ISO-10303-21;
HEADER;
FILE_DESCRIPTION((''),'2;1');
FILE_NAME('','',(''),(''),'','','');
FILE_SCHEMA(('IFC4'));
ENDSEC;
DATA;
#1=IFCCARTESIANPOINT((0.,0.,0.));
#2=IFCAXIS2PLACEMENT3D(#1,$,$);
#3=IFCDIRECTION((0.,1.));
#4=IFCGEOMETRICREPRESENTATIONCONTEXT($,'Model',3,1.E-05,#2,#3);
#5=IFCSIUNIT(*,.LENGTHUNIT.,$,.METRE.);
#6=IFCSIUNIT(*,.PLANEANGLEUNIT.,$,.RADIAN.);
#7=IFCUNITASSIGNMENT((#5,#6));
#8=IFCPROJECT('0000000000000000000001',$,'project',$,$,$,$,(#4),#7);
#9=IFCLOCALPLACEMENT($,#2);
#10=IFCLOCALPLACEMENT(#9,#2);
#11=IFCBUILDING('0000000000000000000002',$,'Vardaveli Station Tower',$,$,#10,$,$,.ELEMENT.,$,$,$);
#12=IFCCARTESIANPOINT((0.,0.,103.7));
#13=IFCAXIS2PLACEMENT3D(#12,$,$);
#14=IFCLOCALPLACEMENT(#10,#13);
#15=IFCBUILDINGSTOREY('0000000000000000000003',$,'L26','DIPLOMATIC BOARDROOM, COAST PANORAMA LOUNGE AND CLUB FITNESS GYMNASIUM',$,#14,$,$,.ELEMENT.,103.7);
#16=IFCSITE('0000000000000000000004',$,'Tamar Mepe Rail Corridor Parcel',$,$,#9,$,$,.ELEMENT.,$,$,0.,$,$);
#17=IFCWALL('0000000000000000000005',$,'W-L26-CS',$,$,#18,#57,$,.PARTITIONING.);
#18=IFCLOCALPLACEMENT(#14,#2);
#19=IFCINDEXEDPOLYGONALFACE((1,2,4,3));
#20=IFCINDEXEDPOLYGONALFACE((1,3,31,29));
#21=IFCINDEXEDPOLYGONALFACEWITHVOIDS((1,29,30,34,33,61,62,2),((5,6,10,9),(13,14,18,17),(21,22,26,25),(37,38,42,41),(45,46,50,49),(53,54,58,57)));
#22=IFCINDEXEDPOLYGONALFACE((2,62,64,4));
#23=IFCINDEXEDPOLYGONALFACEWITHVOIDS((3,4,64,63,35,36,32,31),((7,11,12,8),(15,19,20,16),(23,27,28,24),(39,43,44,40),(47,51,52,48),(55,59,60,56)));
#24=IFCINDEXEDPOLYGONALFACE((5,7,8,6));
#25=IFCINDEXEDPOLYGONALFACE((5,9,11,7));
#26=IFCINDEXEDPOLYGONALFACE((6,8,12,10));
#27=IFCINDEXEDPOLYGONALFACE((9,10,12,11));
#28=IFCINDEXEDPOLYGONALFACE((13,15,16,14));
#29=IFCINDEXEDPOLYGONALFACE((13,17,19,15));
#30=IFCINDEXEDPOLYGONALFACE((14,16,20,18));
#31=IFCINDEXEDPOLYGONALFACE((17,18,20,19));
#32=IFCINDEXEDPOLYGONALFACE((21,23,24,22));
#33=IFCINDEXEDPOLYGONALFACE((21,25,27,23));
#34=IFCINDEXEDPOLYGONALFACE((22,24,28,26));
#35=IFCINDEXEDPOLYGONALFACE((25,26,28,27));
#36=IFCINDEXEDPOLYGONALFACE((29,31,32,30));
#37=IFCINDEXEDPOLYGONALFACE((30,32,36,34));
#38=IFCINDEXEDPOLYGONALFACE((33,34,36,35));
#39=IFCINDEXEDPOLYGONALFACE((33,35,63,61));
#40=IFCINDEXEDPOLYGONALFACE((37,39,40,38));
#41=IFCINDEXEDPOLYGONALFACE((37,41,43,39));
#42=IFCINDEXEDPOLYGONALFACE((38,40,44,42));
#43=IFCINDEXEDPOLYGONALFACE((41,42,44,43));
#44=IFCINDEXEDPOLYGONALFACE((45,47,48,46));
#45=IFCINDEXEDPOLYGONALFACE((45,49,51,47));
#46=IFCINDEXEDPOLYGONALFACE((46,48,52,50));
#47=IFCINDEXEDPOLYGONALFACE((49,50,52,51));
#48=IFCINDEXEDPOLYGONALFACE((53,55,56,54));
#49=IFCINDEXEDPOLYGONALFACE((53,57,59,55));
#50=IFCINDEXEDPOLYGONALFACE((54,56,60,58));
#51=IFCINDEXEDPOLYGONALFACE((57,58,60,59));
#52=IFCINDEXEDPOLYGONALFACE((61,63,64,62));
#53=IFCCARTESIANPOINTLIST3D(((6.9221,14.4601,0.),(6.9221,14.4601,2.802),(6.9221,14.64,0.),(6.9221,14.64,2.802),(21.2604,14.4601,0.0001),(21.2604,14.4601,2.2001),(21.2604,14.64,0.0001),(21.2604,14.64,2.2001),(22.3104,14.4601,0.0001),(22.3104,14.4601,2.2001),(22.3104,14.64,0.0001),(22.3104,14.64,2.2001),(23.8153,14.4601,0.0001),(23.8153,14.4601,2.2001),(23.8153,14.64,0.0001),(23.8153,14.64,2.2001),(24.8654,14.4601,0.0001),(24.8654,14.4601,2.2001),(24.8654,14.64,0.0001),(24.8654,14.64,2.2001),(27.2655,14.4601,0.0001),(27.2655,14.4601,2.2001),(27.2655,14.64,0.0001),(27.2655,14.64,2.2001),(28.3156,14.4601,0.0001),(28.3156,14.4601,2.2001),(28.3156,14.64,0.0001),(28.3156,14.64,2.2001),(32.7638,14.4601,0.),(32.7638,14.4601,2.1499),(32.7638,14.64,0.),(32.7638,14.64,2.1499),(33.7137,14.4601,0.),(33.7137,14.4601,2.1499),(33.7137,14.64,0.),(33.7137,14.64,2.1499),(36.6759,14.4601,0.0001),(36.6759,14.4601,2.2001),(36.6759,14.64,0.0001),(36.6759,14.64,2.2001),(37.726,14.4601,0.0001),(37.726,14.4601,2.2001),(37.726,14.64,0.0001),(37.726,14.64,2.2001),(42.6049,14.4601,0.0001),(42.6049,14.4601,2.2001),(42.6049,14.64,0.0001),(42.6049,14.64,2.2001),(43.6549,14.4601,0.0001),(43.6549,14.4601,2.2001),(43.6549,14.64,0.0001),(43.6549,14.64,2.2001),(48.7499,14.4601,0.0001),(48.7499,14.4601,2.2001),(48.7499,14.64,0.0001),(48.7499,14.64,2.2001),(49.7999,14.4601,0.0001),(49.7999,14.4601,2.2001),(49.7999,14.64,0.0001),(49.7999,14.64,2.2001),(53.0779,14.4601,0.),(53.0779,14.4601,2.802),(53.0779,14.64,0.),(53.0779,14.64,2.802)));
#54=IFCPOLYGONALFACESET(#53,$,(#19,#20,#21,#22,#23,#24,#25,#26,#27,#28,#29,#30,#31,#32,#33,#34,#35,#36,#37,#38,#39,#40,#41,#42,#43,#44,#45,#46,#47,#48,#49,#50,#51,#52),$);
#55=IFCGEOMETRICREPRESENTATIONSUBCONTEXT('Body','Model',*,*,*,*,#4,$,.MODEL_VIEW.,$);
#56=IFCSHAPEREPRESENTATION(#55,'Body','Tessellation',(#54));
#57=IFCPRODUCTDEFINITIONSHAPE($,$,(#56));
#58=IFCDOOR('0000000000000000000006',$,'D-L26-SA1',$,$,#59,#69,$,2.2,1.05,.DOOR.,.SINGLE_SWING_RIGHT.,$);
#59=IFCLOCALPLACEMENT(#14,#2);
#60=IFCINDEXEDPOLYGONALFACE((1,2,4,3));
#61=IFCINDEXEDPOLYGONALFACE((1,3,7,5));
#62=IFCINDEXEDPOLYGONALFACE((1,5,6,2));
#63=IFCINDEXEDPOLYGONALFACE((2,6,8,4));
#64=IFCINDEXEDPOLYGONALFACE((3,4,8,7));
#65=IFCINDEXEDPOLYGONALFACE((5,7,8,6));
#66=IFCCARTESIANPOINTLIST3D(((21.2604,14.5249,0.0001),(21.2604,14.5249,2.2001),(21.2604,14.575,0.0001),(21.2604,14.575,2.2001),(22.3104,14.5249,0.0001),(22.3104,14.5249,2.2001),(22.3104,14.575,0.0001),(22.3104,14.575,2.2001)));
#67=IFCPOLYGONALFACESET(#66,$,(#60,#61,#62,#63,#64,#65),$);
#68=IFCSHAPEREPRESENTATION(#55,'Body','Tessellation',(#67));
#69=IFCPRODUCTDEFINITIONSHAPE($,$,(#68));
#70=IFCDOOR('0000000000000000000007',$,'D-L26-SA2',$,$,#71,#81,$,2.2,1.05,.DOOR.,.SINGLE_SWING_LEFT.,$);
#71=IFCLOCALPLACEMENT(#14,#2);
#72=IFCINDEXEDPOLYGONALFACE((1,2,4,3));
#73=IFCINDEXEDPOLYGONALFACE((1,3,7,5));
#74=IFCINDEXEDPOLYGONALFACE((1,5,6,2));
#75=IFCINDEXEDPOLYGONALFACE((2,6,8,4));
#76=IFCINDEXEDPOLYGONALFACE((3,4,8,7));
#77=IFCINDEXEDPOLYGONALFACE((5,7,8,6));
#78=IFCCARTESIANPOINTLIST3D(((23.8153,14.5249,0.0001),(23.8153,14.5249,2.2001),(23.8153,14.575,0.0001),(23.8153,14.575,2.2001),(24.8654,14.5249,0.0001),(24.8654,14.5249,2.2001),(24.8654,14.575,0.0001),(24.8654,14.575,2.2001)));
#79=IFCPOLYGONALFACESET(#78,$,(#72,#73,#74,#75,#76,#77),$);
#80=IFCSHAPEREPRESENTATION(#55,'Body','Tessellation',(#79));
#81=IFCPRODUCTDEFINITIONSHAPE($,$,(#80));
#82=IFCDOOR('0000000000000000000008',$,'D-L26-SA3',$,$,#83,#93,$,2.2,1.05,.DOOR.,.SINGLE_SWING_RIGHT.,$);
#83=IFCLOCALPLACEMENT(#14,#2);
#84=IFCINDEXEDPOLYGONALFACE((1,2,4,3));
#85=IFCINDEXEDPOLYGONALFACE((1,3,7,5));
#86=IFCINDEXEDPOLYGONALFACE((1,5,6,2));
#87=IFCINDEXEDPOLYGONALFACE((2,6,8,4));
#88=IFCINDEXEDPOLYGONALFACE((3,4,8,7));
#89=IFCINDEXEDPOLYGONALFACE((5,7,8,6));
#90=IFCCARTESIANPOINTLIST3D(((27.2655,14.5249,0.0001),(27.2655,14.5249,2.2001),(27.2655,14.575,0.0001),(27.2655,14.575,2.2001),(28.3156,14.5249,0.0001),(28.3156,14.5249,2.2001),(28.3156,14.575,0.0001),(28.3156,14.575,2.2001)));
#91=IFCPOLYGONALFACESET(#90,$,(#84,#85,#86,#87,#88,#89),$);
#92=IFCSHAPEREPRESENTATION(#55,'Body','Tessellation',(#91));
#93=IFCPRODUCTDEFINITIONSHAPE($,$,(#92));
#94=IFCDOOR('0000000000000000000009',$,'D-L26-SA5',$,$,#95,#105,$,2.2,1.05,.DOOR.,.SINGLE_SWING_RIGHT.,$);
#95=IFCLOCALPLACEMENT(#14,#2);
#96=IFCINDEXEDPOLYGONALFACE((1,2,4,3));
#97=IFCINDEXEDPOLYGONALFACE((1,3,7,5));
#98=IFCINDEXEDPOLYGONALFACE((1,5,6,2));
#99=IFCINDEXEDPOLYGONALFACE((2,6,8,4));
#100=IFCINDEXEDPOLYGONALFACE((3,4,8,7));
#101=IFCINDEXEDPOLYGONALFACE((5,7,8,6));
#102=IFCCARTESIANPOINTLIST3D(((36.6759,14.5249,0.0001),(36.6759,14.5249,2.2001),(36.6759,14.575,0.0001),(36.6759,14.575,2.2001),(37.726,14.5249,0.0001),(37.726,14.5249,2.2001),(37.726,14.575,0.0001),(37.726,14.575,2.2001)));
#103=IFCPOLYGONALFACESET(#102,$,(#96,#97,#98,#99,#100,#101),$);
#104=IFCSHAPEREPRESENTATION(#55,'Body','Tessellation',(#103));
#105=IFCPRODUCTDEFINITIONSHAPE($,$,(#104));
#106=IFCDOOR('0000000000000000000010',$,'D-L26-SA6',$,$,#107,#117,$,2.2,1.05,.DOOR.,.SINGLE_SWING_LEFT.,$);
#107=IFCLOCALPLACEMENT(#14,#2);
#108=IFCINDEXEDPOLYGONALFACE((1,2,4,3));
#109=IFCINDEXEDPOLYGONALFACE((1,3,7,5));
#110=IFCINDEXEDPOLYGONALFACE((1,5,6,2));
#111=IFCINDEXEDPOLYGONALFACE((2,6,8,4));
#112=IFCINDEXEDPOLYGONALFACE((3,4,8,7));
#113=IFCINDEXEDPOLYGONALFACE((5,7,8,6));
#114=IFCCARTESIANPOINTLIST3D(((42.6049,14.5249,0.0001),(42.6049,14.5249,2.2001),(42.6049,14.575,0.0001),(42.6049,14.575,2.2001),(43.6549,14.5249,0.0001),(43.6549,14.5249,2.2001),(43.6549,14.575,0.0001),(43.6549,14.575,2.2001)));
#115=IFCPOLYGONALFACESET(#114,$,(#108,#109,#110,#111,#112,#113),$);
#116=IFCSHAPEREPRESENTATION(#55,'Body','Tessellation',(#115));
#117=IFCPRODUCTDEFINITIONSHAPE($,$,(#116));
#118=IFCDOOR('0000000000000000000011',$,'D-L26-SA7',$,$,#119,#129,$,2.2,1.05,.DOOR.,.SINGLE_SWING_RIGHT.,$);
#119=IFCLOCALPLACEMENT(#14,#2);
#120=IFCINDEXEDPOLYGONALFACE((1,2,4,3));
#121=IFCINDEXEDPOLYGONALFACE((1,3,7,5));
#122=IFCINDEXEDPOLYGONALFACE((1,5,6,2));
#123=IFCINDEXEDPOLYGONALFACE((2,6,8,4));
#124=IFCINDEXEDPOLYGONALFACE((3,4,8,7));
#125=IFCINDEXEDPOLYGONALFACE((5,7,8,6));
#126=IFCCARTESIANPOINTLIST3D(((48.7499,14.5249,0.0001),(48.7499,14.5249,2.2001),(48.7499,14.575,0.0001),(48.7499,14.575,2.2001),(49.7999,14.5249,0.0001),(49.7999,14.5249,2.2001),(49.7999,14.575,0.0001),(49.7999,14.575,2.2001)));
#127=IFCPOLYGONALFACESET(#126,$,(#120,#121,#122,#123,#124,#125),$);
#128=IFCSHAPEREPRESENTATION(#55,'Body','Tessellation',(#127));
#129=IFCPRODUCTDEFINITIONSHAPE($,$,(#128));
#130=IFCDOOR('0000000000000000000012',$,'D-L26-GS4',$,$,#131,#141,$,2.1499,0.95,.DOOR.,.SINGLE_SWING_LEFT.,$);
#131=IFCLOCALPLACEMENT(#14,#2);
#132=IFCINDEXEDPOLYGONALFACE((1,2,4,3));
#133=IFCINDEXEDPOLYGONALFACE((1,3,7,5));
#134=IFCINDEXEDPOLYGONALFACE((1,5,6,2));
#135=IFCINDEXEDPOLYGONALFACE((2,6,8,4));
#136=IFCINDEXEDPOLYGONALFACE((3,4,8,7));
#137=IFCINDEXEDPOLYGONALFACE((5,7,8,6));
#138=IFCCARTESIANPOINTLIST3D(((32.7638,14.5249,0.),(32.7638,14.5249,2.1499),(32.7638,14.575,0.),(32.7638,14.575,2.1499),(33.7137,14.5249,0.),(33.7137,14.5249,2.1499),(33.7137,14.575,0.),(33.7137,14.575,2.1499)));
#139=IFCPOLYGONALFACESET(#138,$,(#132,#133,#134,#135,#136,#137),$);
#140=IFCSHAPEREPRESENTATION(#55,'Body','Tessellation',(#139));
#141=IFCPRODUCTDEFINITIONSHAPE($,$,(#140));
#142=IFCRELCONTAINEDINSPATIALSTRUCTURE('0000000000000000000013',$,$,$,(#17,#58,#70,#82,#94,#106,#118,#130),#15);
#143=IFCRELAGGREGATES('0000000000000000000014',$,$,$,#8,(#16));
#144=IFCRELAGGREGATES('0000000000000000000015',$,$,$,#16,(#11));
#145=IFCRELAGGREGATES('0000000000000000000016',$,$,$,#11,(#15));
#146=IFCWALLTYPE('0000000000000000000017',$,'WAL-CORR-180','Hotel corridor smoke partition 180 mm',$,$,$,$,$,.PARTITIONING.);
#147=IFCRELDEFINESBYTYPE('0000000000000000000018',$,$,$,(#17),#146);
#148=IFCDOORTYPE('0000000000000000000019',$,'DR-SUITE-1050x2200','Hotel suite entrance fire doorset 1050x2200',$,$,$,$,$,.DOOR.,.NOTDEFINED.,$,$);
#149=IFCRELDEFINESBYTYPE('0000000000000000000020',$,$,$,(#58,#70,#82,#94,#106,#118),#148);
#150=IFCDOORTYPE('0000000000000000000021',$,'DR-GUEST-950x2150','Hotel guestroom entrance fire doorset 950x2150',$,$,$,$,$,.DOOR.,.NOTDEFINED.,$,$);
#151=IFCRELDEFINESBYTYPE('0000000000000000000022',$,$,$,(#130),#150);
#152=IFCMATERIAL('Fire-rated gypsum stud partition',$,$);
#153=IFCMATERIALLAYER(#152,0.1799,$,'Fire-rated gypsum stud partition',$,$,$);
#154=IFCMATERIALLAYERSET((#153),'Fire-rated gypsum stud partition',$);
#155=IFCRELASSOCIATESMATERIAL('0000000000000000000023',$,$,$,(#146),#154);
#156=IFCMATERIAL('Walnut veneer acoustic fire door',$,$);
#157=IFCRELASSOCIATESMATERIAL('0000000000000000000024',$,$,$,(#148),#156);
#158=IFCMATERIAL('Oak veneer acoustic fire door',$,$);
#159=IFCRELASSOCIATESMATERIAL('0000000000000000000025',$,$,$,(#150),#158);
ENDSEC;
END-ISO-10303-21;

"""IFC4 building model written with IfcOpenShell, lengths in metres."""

from ifc_helpers import new_model, si_unit, direction, frame, frame_2d, origin, place, context, subcontext, project, spatial, rectangle, extrude, source, transform, mapped, material, layer, layer_set, type_object, element, fill, save


model = new_model("IFC4")

# Units and contexts
model_context = context("Model", 3, precision=1e-05, world=origin(), true_north=direction((0.0, 1.0)))
body_context = subcontext(model_context, "Body", "Model", "MODEL_VIEW")
ifc_project = project(units=[si_unit("LENGTHUNIT", "METRE"), si_unit("PLANEANGLEUNIT", "RADIAN")], contexts=[model_context])

# Site, building, storey
site_placement = place(None, origin())
site = spatial("IfcSite", under=ifc_project, at=site_placement, Name="Tamar Mepe Rail Corridor Parcel", CompositionType="ELEMENT", RefElevation=0.0)
building_placement = place(site_placement, origin())
building = spatial("IfcBuilding", under=site, at=building_placement, Name="Vardaveli Station Tower", CompositionType="ELEMENT")
storey_placement = place(building_placement, frame((0.0, 0.0, 103.7)))
storey = spatial("IfcBuildingStorey", under=building, at=storey_placement, Name="L26", Description="DIPLOMATIC BOARDROOM, COAST PANORAMA LOUNGE AND CLUB FITNESS GYMNASIUM", CompositionType="ELEMENT", Elevation=103.7)

# Wall, openings, doors
ifc_material_1 = material(Name="Fire-rated gypsum stud partition")
ifc_layer_1 = layer(ifc_material_1, 0.1799, Name="Fire-rated gypsum stud partition")
ifc_layer_set_1 = layer_set([ifc_layer_1], Name="Fire-rated gypsum stud partition")
wall_type_1 = type_object("IfcWallType", Name="WAL-CORR-180", Description="Hotel corridor smoke partition 180 mm", PredefinedType="PARTITIONING", material=ifc_layer_set_1)
shared_shape_1 = source(origin(), body_context, "Body", "SweptSolid", [
    extrude(rectangle(XDim=46.1558, YDim=0.1799, at=frame_2d((23.0779, 0.0))), origin(), (0.0, 0.0, 1.0), 2.802),
])
wall_1_placement = place(storey_placement, frame((6.9221, 14.55, 0.0), z_axis=(0.0, 0.0, 1.0), x_axis=(1.0, 0.0, 0.0)))
wall_1 = element("IfcWall", 1, at=wall_1_placement, inside=storey, type_object=wall_type_1, Name="W-L26-CS", PredefinedType="PARTITIONING", context=body_context, shape_type="MappedRepresentation", body=[
    mapped(shared_shape_1, transform((0.0, 0.0, 0.0), scale=1.0)),
])
shared_shape_2 = source(origin(), body_context, "Body", "SweptSolid", [
    extrude(rectangle(XDim=1.05, YDim=2.2, at=frame_2d((0.5249, 1.1001))), frame((0.0, 0.1001, 0.0), z_axis=(0.0, -1.0, 0.0), x_axis=(1.0, 0.0, 0.0)), (0.0, 0.0, 1.0), 0.2),
])
opening_1_placement = place(wall_1_placement, frame((14.3384, 0.0, 0.0)))
opening_1 = element("IfcOpeningElement", 2, at=opening_1_placement, cuts=wall_1, PredefinedType="OPENING", context=body_context, shape_type="MappedRepresentation", body=[
    mapped(shared_shape_2, transform((0.0, 0.0, 0.0), scale=1.0)),
])
opening_2_placement = place(wall_1_placement, frame((16.8933, 0.0, 0.0)))
opening_2 = element("IfcOpeningElement", 3, at=opening_2_placement, cuts=wall_1, PredefinedType="OPENING", context=body_context, shape_type="MappedRepresentation", body=[
    mapped(shared_shape_2, transform((0.0, 0.0, 0.0), scale=1.0)),
])
opening_3_placement = place(wall_1_placement, frame((20.3435, 0.0, 0.0)))
opening_3 = element("IfcOpeningElement", 4, at=opening_3_placement, cuts=wall_1, PredefinedType="OPENING", context=body_context, shape_type="MappedRepresentation", body=[
    mapped(shared_shape_2, transform((0.0, 0.0, 0.0), scale=1.0)),
])
shared_shape_3 = source(origin(), body_context, "Body", "SweptSolid", [
    extrude(rectangle(XDim=0.95, YDim=2.1499, at=frame_2d((0.4751, 1.075))), frame((0.0, 0.1001, 0.0), z_axis=(0.0, -1.0, 0.0), x_axis=(1.0, 0.0, 0.0)), (0.0, 0.0, 1.0), 0.2),
])
opening_4_placement = place(wall_1_placement, frame((25.8416, 0.0, 0.0)))
opening_4 = element("IfcOpeningElement", 5, at=opening_4_placement, cuts=wall_1, PredefinedType="OPENING", context=body_context, shape_type="MappedRepresentation", body=[
    mapped(shared_shape_3, transform((0.0, 0.0, 0.0), scale=1.0)),
])
opening_5_placement = place(wall_1_placement, frame((29.7539, 0.0, 0.0)))
opening_5 = element("IfcOpeningElement", 6, at=opening_5_placement, cuts=wall_1, PredefinedType="OPENING", context=body_context, shape_type="MappedRepresentation", body=[
    mapped(shared_shape_2, transform((0.0, 0.0, 0.0), scale=1.0)),
])
opening_6_placement = place(wall_1_placement, frame((35.6829, 0.0, 0.0)))
opening_6 = element("IfcOpeningElement", 7, at=opening_6_placement, cuts=wall_1, PredefinedType="OPENING", context=body_context, shape_type="MappedRepresentation", body=[
    mapped(shared_shape_2, transform((0.0, 0.0, 0.0), scale=1.0)),
])
opening_7_placement = place(wall_1_placement, frame((41.8279, 0.0, 0.0)))
opening_7 = element("IfcOpeningElement", 8, at=opening_7_placement, cuts=wall_1, PredefinedType="OPENING", context=body_context, shape_type="MappedRepresentation", body=[
    mapped(shared_shape_2, transform((0.0, 0.0, 0.0), scale=1.0)),
])
ifc_material_2 = material(Name="Walnut veneer acoustic fire door")
door_type_1 = type_object("IfcDoorType", Name="DR-SUITE-1050x2200", Description="Hotel suite entrance fire doorset 1050x2200", OperationType="NOTDEFINED", PredefinedType="DOOR", material=ifc_material_2)
shared_shape_4 = source(origin(), body_context, "Body", "SweptSolid", [
    extrude(rectangle(XDim=1.05, YDim=2.2, at=frame_2d((0.5249, 1.1001))), frame((0.0, 0.0249, 0.0), z_axis=(0.0, -1.0, 0.0), x_axis=(1.0, 0.0, 0.0)), (0.0, 0.0, 1.0), 0.05),
])
door_1_placement = place(opening_1_placement, origin())
door_1 = element("IfcDoor", 9, at=door_1_placement, inside=storey, type_object=door_type_1, Name="D-L26-SA1", OperationType="SINGLE_SWING_RIGHT", OverallHeight=2.2, OverallWidth=1.05, PredefinedType="DOOR", context=body_context, shape_type="MappedRepresentation", body=[
    mapped(shared_shape_4, transform((0.0, 0.0, 0.0), scale=1.0)),
])
fill(opening_1, door_1)
door_2_placement = place(opening_2_placement, origin())
door_2 = element("IfcDoor", 10, at=door_2_placement, inside=storey, type_object=door_type_1, Name="D-L26-SA2", OperationType="SINGLE_SWING_LEFT", OverallHeight=2.2, OverallWidth=1.05, PredefinedType="DOOR", context=body_context, shape_type="MappedRepresentation", body=[
    mapped(shared_shape_4, transform((0.0, 0.0, 0.0), scale=1.0)),
])
fill(opening_2, door_2)
door_3_placement = place(opening_3_placement, origin())
door_3 = element("IfcDoor", 11, at=door_3_placement, inside=storey, type_object=door_type_1, Name="D-L26-SA3", OperationType="SINGLE_SWING_RIGHT", OverallHeight=2.2, OverallWidth=1.05, PredefinedType="DOOR", context=body_context, shape_type="MappedRepresentation", body=[
    mapped(shared_shape_4, transform((0.0, 0.0, 0.0), scale=1.0)),
])
fill(opening_3, door_3)
door_4_placement = place(opening_5_placement, origin())
door_4 = element("IfcDoor", 12, at=door_4_placement, inside=storey, type_object=door_type_1, Name="D-L26-SA5", OperationType="SINGLE_SWING_RIGHT", OverallHeight=2.2, OverallWidth=1.05, PredefinedType="DOOR", context=body_context, shape_type="MappedRepresentation", body=[
    mapped(shared_shape_4, transform((0.0, 0.0, 0.0), scale=1.0)),
])
fill(opening_5, door_4)
door_5_placement = place(opening_6_placement, origin())
door_5 = element("IfcDoor", 13, at=door_5_placement, inside=storey, type_object=door_type_1, Name="D-L26-SA6", OperationType="SINGLE_SWING_LEFT", OverallHeight=2.2, OverallWidth=1.05, PredefinedType="DOOR", context=body_context, shape_type="MappedRepresentation", body=[
    mapped(shared_shape_4, transform((0.0, 0.0, 0.0), scale=1.0)),
])
fill(opening_6, door_5)
door_6_placement = place(opening_7_placement, origin())
door_6 = element("IfcDoor", 14, at=door_6_placement, inside=storey, type_object=door_type_1, Name="D-L26-SA7", OperationType="SINGLE_SWING_RIGHT", OverallHeight=2.2, OverallWidth=1.05, PredefinedType="DOOR", context=body_context, shape_type="MappedRepresentation", body=[
    mapped(shared_shape_4, transform((0.0, 0.0, 0.0), scale=1.0)),
])
fill(opening_7, door_6)
ifc_material_3 = material(Name="Oak veneer acoustic fire door")
door_type_2 = type_object("IfcDoorType", Name="DR-GUEST-950x2150", Description="Hotel guestroom entrance fire doorset 950x2150", OperationType="NOTDEFINED", PredefinedType="DOOR", material=ifc_material_3)
shared_shape_5 = source(origin(), body_context, "Body", "SweptSolid", [
    extrude(rectangle(XDim=0.95, YDim=2.1499, at=frame_2d((0.4751, 1.075))), frame((0.0, 0.0249, 0.0), z_axis=(0.0, -1.0, 0.0), x_axis=(1.0, 0.0, 0.0)), (0.0, 0.0, 1.0), 0.05),
])
door_7_placement = place(opening_4_placement, origin())
door_7 = element("IfcDoor", 15, at=door_7_placement, inside=storey, type_object=door_type_2, Name="D-L26-GS4", OperationType="SINGLE_SWING_LEFT", OverallHeight=2.1499, OverallWidth=0.95, PredefinedType="DOOR", context=body_context, shape_type="MappedRepresentation", body=[
    mapped(shared_shape_5, transform((0.0, 0.0, 0.0), scale=1.0)),
])
fill(opening_4, door_7)

save(model, "model.ifc")
